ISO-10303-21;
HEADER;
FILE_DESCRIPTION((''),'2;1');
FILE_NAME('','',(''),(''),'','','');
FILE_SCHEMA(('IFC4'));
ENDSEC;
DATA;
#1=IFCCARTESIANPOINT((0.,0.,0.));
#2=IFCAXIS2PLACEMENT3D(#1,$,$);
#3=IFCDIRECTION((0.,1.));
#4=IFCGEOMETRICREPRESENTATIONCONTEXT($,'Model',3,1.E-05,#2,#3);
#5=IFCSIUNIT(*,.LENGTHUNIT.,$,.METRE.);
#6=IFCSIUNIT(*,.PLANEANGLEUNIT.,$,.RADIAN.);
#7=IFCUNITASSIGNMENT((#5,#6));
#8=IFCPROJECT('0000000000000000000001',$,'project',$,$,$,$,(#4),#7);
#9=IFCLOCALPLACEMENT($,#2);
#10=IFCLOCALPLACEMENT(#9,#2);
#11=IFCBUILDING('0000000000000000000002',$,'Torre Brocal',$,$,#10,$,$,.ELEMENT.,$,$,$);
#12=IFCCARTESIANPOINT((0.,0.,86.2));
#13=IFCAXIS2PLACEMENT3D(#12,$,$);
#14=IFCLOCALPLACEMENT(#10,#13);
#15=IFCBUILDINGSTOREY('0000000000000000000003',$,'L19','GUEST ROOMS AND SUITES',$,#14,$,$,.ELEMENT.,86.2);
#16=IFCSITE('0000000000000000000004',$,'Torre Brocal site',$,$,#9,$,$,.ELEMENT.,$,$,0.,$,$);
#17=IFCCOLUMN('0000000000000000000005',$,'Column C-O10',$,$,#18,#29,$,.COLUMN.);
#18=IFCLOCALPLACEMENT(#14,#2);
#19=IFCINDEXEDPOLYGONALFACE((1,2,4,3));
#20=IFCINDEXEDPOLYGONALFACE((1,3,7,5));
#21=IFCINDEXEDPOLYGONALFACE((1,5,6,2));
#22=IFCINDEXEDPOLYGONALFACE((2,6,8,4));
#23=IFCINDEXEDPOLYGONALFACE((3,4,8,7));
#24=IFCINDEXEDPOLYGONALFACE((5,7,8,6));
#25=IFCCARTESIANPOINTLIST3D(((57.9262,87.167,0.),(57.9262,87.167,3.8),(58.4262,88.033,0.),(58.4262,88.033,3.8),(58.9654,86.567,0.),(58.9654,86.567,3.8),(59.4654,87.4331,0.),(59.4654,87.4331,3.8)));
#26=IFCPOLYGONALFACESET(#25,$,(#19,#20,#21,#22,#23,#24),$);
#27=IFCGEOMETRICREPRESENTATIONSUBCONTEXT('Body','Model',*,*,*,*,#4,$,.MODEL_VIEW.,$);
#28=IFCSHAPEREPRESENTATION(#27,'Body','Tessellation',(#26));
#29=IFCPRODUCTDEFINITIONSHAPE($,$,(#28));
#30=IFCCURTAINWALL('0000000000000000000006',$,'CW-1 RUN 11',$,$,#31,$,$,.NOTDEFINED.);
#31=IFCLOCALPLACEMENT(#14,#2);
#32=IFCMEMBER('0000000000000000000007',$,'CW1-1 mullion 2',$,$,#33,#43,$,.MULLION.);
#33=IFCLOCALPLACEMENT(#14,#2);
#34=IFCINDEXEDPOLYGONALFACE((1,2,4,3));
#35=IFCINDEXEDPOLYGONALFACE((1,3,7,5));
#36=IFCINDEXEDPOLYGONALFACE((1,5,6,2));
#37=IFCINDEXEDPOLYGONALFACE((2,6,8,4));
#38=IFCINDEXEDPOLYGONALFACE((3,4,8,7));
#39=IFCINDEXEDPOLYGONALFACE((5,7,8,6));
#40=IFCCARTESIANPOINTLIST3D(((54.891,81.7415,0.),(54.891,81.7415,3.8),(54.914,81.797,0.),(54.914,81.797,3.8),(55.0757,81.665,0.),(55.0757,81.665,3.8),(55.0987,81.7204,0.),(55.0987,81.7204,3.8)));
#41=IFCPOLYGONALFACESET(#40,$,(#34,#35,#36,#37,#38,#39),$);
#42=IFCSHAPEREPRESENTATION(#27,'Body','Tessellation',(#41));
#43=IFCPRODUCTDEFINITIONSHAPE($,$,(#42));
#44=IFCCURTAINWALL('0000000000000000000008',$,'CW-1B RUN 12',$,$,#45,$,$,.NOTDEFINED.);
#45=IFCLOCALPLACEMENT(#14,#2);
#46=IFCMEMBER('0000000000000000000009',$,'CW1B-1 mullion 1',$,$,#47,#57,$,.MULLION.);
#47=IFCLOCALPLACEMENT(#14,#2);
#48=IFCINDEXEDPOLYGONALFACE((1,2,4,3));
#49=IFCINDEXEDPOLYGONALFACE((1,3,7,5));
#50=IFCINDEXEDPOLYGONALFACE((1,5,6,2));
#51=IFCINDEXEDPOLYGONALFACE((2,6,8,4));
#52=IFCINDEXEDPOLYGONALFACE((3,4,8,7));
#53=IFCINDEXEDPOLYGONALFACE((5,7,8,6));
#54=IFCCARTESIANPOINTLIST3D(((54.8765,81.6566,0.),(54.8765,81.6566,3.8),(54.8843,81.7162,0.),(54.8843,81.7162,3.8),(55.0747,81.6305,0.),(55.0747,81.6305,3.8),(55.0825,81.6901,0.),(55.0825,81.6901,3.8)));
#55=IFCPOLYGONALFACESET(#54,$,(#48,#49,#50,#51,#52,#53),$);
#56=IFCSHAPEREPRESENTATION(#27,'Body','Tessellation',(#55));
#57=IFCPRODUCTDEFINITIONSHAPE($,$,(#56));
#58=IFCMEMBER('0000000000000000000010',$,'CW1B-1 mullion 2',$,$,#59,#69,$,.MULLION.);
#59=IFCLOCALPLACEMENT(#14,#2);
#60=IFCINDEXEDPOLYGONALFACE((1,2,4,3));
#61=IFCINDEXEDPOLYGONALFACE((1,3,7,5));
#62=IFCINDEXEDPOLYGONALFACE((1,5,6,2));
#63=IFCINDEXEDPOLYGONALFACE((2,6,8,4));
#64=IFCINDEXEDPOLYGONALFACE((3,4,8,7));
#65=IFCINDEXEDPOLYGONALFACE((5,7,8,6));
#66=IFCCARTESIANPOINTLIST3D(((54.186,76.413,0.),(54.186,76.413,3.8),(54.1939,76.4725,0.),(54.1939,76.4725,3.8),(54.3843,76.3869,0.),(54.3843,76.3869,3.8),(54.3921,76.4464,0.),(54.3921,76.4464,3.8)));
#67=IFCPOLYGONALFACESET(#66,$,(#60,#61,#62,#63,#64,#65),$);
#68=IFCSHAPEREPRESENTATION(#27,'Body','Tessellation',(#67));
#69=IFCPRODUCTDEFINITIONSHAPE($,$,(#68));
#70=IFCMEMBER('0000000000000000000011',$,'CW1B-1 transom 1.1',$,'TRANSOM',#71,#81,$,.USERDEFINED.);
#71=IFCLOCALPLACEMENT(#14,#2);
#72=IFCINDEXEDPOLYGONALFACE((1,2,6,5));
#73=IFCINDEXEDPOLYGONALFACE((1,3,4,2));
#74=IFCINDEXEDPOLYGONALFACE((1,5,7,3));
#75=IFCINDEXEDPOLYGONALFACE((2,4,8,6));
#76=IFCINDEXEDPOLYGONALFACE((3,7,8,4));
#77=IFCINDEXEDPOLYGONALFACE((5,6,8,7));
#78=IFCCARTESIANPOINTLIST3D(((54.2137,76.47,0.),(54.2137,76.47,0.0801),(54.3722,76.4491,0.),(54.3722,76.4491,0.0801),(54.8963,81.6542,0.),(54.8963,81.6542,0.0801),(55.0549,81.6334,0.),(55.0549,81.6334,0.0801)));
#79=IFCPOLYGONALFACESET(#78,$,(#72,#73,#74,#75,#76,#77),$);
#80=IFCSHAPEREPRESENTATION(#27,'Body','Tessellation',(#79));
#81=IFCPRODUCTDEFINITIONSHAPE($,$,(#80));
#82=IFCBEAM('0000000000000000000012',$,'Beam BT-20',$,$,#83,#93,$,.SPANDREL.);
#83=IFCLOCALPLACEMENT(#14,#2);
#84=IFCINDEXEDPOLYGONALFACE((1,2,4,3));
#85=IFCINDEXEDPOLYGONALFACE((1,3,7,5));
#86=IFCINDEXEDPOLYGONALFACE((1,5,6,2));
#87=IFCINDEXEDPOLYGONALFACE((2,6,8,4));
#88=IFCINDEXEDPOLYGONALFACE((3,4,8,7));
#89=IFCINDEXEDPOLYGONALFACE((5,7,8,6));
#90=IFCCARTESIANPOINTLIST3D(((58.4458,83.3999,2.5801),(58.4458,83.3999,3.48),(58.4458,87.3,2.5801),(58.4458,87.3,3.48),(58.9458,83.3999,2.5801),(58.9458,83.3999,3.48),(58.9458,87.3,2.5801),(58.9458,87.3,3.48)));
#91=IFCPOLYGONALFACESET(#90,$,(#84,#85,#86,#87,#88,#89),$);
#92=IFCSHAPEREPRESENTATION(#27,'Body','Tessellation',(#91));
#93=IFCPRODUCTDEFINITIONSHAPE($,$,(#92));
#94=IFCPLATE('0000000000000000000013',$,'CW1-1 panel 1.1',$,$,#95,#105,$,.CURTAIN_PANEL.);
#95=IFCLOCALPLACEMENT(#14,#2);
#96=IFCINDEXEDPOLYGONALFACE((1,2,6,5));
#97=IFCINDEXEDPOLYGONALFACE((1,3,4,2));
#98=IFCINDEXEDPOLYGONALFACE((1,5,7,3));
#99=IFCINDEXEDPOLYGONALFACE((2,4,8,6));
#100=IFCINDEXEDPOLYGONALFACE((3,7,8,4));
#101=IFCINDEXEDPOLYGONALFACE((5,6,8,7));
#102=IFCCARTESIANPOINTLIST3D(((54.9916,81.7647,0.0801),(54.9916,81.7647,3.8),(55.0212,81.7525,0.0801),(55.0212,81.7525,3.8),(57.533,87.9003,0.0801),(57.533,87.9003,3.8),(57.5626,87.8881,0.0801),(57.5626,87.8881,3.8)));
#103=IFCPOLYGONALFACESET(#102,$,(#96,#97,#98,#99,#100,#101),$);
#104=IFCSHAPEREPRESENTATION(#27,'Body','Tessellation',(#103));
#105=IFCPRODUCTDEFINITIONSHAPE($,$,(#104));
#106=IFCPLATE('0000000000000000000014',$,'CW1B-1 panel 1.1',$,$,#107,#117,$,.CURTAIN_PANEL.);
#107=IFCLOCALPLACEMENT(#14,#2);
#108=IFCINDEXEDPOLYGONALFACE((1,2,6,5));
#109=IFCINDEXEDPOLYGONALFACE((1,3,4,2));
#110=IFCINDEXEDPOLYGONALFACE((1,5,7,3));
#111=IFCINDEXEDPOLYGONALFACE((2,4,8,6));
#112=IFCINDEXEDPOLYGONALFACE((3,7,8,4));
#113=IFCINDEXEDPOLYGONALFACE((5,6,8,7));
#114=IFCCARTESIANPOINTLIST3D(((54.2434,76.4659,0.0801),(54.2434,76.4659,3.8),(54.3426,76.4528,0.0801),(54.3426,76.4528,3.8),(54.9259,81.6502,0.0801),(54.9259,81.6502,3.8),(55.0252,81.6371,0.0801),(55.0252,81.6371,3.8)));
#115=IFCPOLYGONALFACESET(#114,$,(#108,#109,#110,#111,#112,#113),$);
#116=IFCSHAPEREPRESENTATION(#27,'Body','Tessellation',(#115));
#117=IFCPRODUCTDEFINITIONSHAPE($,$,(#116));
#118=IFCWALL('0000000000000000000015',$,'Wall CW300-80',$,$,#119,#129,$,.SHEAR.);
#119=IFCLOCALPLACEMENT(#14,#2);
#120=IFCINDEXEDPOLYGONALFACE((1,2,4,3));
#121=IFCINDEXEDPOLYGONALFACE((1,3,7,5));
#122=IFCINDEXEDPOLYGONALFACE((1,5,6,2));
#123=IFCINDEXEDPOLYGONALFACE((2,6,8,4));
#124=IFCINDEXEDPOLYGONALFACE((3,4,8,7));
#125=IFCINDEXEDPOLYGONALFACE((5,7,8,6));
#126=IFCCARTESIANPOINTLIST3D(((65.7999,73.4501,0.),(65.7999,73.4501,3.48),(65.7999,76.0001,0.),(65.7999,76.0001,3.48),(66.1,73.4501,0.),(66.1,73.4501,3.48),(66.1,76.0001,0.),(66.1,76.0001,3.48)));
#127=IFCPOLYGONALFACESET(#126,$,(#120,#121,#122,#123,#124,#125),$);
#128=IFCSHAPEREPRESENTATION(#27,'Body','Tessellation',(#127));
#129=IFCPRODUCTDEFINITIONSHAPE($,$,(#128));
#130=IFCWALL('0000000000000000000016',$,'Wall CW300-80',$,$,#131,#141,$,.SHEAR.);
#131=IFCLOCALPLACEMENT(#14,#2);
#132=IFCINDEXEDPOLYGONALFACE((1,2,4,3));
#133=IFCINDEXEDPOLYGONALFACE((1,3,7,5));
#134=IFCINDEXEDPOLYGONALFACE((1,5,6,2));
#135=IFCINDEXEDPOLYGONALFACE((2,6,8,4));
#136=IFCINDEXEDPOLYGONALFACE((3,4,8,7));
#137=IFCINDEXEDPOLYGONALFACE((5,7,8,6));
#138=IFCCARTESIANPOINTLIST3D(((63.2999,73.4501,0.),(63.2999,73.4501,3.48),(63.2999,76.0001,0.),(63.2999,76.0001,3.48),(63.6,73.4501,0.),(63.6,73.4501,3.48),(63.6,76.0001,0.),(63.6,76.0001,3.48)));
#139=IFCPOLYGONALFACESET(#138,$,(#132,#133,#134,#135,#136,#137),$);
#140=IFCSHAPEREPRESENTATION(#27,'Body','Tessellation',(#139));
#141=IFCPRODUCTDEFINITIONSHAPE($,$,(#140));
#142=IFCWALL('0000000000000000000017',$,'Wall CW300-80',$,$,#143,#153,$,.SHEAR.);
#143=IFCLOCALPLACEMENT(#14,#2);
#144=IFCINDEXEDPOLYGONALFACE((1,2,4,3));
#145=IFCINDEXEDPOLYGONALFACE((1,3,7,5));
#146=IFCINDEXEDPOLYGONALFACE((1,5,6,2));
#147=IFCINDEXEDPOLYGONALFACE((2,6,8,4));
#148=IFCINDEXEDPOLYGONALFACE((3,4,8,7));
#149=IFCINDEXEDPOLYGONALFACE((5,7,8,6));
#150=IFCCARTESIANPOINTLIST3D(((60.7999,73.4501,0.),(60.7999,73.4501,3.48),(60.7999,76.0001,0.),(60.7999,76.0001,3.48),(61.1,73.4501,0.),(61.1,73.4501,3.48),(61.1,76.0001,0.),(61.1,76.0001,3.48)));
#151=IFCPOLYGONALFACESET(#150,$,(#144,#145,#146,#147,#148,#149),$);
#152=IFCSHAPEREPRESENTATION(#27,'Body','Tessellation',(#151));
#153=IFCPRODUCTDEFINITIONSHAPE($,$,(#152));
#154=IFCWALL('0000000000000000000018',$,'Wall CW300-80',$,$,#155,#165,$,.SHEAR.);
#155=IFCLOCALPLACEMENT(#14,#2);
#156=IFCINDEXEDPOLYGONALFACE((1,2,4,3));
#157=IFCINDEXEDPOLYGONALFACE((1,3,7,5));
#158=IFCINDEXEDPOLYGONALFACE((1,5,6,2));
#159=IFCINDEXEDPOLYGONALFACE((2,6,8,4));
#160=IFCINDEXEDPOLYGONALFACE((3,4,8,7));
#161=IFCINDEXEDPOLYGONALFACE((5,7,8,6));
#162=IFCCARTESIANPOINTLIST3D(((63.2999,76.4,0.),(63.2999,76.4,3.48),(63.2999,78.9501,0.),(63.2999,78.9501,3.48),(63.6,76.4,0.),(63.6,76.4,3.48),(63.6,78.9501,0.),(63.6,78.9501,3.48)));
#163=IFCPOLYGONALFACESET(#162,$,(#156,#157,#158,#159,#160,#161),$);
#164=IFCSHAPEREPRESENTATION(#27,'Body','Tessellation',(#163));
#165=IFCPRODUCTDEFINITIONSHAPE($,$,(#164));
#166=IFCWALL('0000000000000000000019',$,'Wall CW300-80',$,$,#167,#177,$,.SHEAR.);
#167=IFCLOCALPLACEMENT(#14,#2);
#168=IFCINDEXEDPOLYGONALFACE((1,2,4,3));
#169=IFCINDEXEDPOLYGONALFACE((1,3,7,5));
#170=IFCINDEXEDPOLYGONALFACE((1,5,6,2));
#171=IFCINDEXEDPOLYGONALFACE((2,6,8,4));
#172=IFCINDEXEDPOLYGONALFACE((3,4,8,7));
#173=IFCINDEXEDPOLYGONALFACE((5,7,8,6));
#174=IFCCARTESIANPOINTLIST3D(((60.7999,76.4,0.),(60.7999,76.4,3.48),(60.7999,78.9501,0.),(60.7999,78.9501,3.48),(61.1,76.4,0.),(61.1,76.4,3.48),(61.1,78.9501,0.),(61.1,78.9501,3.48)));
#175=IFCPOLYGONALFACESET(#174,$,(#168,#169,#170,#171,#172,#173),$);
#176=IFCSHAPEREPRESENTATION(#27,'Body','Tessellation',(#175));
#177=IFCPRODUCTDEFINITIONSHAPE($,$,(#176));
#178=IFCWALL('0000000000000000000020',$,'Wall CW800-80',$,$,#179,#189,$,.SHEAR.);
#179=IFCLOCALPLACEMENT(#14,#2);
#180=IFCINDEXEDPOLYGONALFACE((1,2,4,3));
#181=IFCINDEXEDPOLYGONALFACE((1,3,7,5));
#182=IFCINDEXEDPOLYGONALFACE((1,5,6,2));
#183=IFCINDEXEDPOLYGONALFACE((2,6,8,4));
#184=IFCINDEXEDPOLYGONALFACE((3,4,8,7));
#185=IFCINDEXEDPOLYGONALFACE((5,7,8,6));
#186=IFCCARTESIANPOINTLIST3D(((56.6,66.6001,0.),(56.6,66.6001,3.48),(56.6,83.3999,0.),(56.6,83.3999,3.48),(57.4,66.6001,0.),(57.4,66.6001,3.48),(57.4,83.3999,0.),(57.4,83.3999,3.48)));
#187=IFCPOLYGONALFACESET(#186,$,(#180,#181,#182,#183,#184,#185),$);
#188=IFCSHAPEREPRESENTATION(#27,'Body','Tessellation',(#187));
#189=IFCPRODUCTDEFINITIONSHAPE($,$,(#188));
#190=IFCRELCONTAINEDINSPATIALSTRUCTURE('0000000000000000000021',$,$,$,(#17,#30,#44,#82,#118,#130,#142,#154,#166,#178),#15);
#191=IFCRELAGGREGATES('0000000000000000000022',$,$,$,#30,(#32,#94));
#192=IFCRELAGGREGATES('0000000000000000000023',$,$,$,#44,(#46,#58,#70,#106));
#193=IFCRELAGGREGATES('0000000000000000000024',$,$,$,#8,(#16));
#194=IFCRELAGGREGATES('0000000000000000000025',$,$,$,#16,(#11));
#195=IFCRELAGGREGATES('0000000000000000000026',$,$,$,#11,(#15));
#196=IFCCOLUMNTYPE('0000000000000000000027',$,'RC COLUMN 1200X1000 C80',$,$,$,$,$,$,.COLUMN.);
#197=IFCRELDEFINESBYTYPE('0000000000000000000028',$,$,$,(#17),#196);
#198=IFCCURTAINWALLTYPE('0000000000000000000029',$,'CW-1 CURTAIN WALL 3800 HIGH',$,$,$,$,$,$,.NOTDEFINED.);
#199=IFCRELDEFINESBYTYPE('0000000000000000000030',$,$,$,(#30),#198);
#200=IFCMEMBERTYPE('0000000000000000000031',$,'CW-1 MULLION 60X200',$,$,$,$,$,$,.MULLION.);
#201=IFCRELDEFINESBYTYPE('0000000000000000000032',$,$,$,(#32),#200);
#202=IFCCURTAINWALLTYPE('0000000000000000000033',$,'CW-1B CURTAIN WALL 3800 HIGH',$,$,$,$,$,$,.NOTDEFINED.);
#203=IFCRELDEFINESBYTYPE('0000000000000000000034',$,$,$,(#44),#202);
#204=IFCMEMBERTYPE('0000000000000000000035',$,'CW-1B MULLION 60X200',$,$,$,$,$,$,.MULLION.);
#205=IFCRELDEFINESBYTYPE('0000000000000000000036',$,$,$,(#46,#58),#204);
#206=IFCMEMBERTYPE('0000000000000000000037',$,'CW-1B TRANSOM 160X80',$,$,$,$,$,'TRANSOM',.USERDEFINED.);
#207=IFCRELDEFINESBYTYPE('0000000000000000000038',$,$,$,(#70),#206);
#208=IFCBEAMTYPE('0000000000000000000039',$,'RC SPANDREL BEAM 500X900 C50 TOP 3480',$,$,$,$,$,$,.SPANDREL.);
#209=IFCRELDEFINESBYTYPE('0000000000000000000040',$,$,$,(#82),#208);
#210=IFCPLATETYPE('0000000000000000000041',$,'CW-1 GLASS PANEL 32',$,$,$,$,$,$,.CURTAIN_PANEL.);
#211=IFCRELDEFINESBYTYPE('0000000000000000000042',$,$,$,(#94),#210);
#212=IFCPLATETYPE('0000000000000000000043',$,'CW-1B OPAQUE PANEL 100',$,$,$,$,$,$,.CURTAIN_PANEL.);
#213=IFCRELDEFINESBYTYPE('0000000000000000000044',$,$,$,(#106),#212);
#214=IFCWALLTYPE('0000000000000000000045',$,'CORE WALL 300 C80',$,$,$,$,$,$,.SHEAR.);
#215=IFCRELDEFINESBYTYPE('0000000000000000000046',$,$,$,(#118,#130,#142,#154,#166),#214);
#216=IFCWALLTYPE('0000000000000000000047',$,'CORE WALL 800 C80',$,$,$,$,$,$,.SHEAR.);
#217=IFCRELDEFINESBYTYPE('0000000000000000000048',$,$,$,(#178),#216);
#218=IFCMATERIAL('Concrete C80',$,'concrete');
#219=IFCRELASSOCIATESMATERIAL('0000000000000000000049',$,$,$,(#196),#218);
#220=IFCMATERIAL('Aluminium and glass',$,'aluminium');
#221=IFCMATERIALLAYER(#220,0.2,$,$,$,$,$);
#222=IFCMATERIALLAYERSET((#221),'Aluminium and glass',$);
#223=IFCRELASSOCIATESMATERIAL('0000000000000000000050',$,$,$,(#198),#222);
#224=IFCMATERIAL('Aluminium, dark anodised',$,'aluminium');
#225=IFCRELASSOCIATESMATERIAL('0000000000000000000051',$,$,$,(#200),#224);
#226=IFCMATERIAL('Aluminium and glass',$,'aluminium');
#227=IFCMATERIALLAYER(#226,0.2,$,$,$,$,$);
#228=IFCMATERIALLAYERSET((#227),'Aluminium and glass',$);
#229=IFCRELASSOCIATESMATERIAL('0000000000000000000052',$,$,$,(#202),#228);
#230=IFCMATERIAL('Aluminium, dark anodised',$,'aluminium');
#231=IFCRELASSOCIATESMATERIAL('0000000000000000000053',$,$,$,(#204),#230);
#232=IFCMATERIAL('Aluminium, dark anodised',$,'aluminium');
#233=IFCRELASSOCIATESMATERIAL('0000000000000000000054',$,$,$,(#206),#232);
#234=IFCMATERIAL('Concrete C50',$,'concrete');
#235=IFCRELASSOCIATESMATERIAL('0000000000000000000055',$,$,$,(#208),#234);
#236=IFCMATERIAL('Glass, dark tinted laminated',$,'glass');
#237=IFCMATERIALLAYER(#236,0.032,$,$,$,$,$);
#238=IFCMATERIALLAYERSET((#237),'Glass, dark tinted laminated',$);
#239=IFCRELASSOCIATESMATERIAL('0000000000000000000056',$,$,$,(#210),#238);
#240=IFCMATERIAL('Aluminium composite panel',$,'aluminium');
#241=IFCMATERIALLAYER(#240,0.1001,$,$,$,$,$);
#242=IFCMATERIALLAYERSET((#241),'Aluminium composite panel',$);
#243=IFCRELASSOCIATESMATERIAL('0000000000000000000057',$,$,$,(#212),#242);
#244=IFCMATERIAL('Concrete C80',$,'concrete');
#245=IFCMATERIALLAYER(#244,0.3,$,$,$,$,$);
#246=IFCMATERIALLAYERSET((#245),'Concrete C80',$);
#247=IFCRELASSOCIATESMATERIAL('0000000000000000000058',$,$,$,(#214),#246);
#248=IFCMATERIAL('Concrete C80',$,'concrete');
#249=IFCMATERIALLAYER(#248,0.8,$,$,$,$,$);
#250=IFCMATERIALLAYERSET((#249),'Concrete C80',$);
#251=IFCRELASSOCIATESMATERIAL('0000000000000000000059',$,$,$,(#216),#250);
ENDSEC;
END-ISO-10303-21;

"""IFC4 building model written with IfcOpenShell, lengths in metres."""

from ifc_helpers import new_model, si_unit, direction, frame, frame_2d, origin, origin_2d, place, context, subcontext, project, spatial, rectangle, extrude, material, layer, layer_set, material_profile, profile_set, type_object, element, aggregate, save


model = new_model("IFC4")

# Units and contexts
model_context = context("Model", 3, precision=1e-05, world=origin(), true_north=direction((0.0, 1.0)))
body_context = subcontext(model_context, "Body", "Model", "MODEL_VIEW")
ifc_project = project(units=[si_unit("LENGTHUNIT", "METRE"), si_unit("PLANEANGLEUNIT", "RADIAN")], contexts=[model_context])

# Site, building, storey
site_placement = place(None, origin())
site = spatial("IfcSite", under=ifc_project, at=site_placement, Name="Torre Brocal site", CompositionType="ELEMENT", RefElevation=0.0)
building_placement = place(site_placement, origin())
building = spatial("IfcBuilding", under=site, at=building_placement, Name="Torre Brocal", CompositionType="ELEMENT")
storey_placement = place(building_placement, frame((0.0, 0.0, 86.2)))
storey = spatial("IfcBuildingStorey", under=building, at=storey_placement, Name="L19", Description="GUEST ROOMS AND SUITES", CompositionType="ELEMENT", Elevation=86.2)

# Column
ifc_material_1 = material(Name="Concrete C80", Category="concrete")
ifc_material_profile_1 = material_profile(ifc_material_1, rectangle(XDim=1.2, YDim=1.0, at=origin_2d()), Name="RC 1200X1000")
ifc_profile_set_1 = profile_set([ifc_material_profile_1], Name="Concrete C80")
column_type = type_object("IfcColumnType", Name="RC COLUMN 1200X1000 C80", PredefinedType="COLUMN", material=ifc_profile_set_1)
column_placement = place(storey_placement, frame((58.6958, 87.3, 0.0), z_axis=(0.0, 0.0, 1.0), x_axis=(-0.866025, 0.5, 0.0)))
element("IfcColumn", 1, at=column_placement, inside=storey, type_object=column_type, Name="Column C-O10", PredefinedType="COLUMN", context=body_context, shape_type="SweptSolid", body=[
    extrude(rectangle(XDim=1.2, YDim=1.0, at=origin_2d()), origin(), (0.0, 0.0, 1.0), 3.8),
])

# Curtain wall, member
ifc_material_2 = material(Name="Aluminium and glass", Category="aluminium")
ifc_layer_1 = layer(ifc_material_2, 0.2)
ifc_layer_set_1 = layer_set([ifc_layer_1], Name="Aluminium and glass")
curtain_wall_type_1 = type_object("IfcCurtainWallType", Name="CW-1 CURTAIN WALL 3800 HIGH", PredefinedType="NOTDEFINED", material=ifc_layer_set_1)
curtain_wall_1_placement = place(storey_placement, origin())
curtain_wall_1 = element("IfcCurtainWall", 2, at=curtain_wall_1_placement, inside=storey, type_object=curtain_wall_type_1, Name="CW-1 RUN 11", PredefinedType="NOTDEFINED")
ifc_material_3 = material(Name="Aluminium, dark anodised", Category="aluminium")
ifc_material_profile_2 = material_profile(ifc_material_3, rectangle(XDim=0.2, YDim=0.0601, at=origin_2d()), Name="CW-1 MULLION 60X200")
ifc_profile_set_2 = profile_set([ifc_material_profile_2], Name="Aluminium, dark anodised")
member_type_1 = type_object("IfcMemberType", Name="CW-1 MULLION 60X200", PredefinedType="MULLION", material=ifc_profile_set_2)
member_1_placement = place(storey_placement, frame((54.9949, 81.731, 0.0), z_axis=(0.0, 0.0, 1.0), x_axis=(0.92388, -0.382683, 0.0)))
member_1 = element("IfcMember", 3, at=member_1_placement, type_object=member_type_1, Name="CW1-1 mullion 2", PredefinedType="MULLION", context=body_context, shape_type="SweptSolid", body=[
    extrude(rectangle(XDim=0.2, YDim=0.0601, at=origin_2d()), origin(), (0.0, 0.0, 1.0), 3.8),
])

# Curtain wall, members
ifc_material_4 = material(Name="Aluminium and glass", Category="aluminium")
ifc_layer_2 = layer(ifc_material_4, 0.2)
ifc_layer_set_2 = layer_set([ifc_layer_2], Name="Aluminium and glass")
curtain_wall_type_2 = type_object("IfcCurtainWallType", Name="CW-1B CURTAIN WALL 3800 HIGH", PredefinedType="NOTDEFINED", material=ifc_layer_set_2)
curtain_wall_2_placement = place(storey_placement, origin())
curtain_wall_2 = element("IfcCurtainWall", 4, at=curtain_wall_2_placement, inside=storey, type_object=curtain_wall_type_2, Name="CW-1B RUN 12", PredefinedType="NOTDEFINED")
ifc_material_5 = material(Name="Aluminium, dark anodised", Category="aluminium")
ifc_material_profile_3 = material_profile(ifc_material_5, rectangle(XDim=0.2, YDim=0.0601, at=origin_2d()), Name="CW-1B MULLION 60X200")
ifc_profile_set_3 = profile_set([ifc_material_profile_3], Name="Aluminium, dark anodised")
member_type_2 = type_object("IfcMemberType", Name="CW-1B MULLION 60X200", PredefinedType="MULLION", material=ifc_profile_set_3)
member_2_placement = place(storey_placement, frame((54.9795, 81.6733, 0.0), z_axis=(0.0, 0.0, 1.0), x_axis=(0.991445, -0.130526, 0.0)))
member_2 = element("IfcMember", 5, at=member_2_placement, type_object=member_type_2, Name="CW1B-1 mullion 1", PredefinedType="MULLION", context=body_context, shape_type="SweptSolid", body=[
    extrude(rectangle(XDim=0.2, YDim=0.0601, at=origin_2d()), origin(), (0.0, 0.0, 1.0), 3.8),
])
member_3_placement = place(storey_placement, frame((54.2891, 76.4297, 0.0), z_axis=(0.0, 0.0, 1.0), x_axis=(0.991445, -0.130526, 0.0)))
member_3 = element("IfcMember", 6, at=member_3_placement, type_object=member_type_2, Name="CW1B-1 mullion 2", PredefinedType="MULLION", context=body_context, shape_type="SweptSolid", body=[
    extrude(rectangle(XDim=0.2, YDim=0.0601, at=origin_2d()), origin(), (0.0, 0.0, 1.0), 3.8),
])
ifc_material_6 = material(Name="Aluminium, dark anodised", Category="aluminium")
ifc_material_profile_4 = material_profile(ifc_material_6, rectangle(XDim=0.1599, YDim=0.0801, at=origin_2d()), Name="CW-1B TRANSOM 160X80")
ifc_profile_set_4 = profile_set([ifc_material_profile_4], Name="Aluminium, dark anodised")
member_type_3 = type_object("IfcMemberType", Name="CW-1B TRANSOM 160X80", ElementType="TRANSOM", PredefinedType="USERDEFINED", material=ifc_profile_set_4)
member_4_placement = place(storey_placement, frame((54.9756, 81.6438, 0.04), z_axis=(-0.130543, -0.991443, 0.0), x_axis=(0.991443, -0.130543, 0.0)))
member_4 = element("IfcMember", 7, at=member_4_placement, type_object=member_type_3, Name="CW1B-1 transom 1.1", ObjectType="TRANSOM", PredefinedType="USERDEFINED", context=body_context, shape_type="SweptSolid", body=[
    extrude(rectangle(XDim=0.1599, YDim=0.0801, at=origin_2d()), origin(), (0.0, 0.0, 1.0), 5.229),
])

# Beam
ifc_material_7 = material(Name="Concrete C50", Category="concrete")
ifc_material_profile_5 = material_profile(ifc_material_7, rectangle(XDim=0.5, YDim=0.8999, at=origin_2d()), Name="RC 500X900")
ifc_profile_set_5 = profile_set([ifc_material_profile_5], Name="Concrete C50")
beam_type = type_object("IfcBeamType", Name="RC SPANDREL BEAM 500X900 C50 TOP 3480", PredefinedType="SPANDREL", material=ifc_profile_set_5)
beam_placement = place(storey_placement, frame((58.6958, 87.3, 3.03), z_axis=(0.0, -1.0, 0.0), x_axis=(1.0, 0.0, 0.0)))
element("IfcBeam", 8, at=beam_placement, inside=storey, type_object=beam_type, Name="Beam BT-20", PredefinedType="SPANDREL", context=body_context, shape_type="SweptSolid", body=[
    extrude(rectangle(XDim=0.5, YDim=0.8999, at=origin_2d()), origin(), (0.0, 0.0, 1.0), 3.9001),
])

# Plates
ifc_material_8 = material(Name="Glass, dark tinted laminated", Category="glass")
ifc_layer_3 = layer(ifc_material_8, 0.032)
ifc_layer_set_3 = layer_set([ifc_layer_3], Name="Glass, dark tinted laminated")
plate_type_1 = type_object("IfcPlateType", Name="CW-1 GLASS PANEL 32", PredefinedType="CURTAIN_PANEL", material=ifc_layer_set_3)
plate_1_placement = place(storey_placement, frame((56.2771, 84.8264, 0.0801), z_axis=(0.0, 0.0, 1.0), x_axis=(-0.382683, -0.92388, 0.0)))
plate_1 = element("IfcPlate", 9, at=plate_1_placement, type_object=plate_type_1, Name="CW1-1 panel 1.1", PredefinedType="CURTAIN_PANEL", context=body_context, shape_type="SweptSolid", body=[
    extrude(rectangle(XDim=6.6411, YDim=0.032, at=origin_2d()), origin(), (0.0, 0.0, 1.0), 3.72),
])
aggregate(curtain_wall_1, [member_1, plate_1])
ifc_material_9 = material(Name="Aluminium composite panel", Category="aluminium")
ifc_layer_4 = layer(ifc_material_9, 0.1001)
ifc_layer_set_4 = layer_set([ifc_layer_4], Name="Aluminium composite panel")
plate_type_2 = type_object("IfcPlateType", Name="CW-1B OPAQUE PANEL 100", PredefinedType="CURTAIN_PANEL", material=ifc_layer_set_4)
plate_2_placement = place(storey_placement, frame((54.6343, 79.0515, 0.0801), z_axis=(0.0, 0.0, 1.0), x_axis=(-0.130526, -0.991445, 0.0)))
plate_2 = element("IfcPlate", 10, at=plate_2_placement, type_object=plate_type_2, Name="CW1B-1 panel 1.1", PredefinedType="CURTAIN_PANEL", context=body_context, shape_type="SweptSolid", body=[
    extrude(rectangle(XDim=5.229, YDim=0.1001, at=origin_2d()), origin(), (0.0, 0.0, 1.0), 3.72),
])
aggregate(curtain_wall_2, [member_2, member_3, member_4, plate_2])

# Walls
ifc_material_10 = material(Name="Concrete C80", Category="concrete")
ifc_layer_5 = layer(ifc_material_10, 0.3)
ifc_layer_set_5 = layer_set([ifc_layer_5], Name="Concrete C80")
wall_type_1 = type_object("IfcWallType", Name="CORE WALL 300 C80", PredefinedType="SHEAR", material=ifc_layer_set_5)
for number, where, z_axis, x_axis, name in (
    (11, (65.95, 76.0, 0.0), (0.0, 0.0, 1.0), (0.0, -1.0, 0.0), "Wall CW300-80"),
    (12, (63.45, 76.0, 0.0), (0.0, 0.0, 1.0), (0.0, -1.0, 0.0), "Wall CW300-80"),
    (13, (60.95, 76.0, 0.0), (0.0, 0.0, 1.0), (0.0, -1.0, 0.0), "Wall CW300-80"),
    (14, (63.45, 78.95, 0.0), (0.0, 0.0, 1.0), (0.0, -1.0, 0.0), "Wall CW300-80"),
    (15, (60.95, 78.95, 0.0), (0.0, 0.0, 1.0), (0.0, -1.0, 0.0), "Wall CW300-80"),
):
    element("IfcWall", number, at=place(storey_placement, frame(where, z_axis=z_axis, x_axis=x_axis)), inside=storey, type_object=wall_type_1, Name=name, PredefinedType="SHEAR", context=body_context, shape_type="SweptSolid", body=[
        extrude(rectangle(XDim=2.55, YDim=0.3, at=frame_2d((1.2749, 0.0))), origin(), (0.0, 0.0, 1.0), 3.48),
    ])
ifc_material_11 = material(Name="Concrete C80", Category="concrete")
ifc_layer_6 = layer(ifc_material_11, 0.8)
ifc_layer_set_6 = layer_set([ifc_layer_6], Name="Concrete C80")
wall_type_2 = type_object("IfcWallType", Name="CORE WALL 800 C80", PredefinedType="SHEAR", material=ifc_layer_set_6)
wall_1_placement = place(storey_placement, frame((57.0, 83.3999, 0.0), z_axis=(0.0, 0.0, 1.0), x_axis=(0.0, -1.0, 0.0)))
element("IfcWall", 16, at=wall_1_placement, inside=storey, type_object=wall_type_2, Name="Wall CW800-80", PredefinedType="SHEAR", context=body_context, shape_type="SweptSolid", body=[
    extrude(rectangle(XDim=16.7998, YDim=0.8, at=frame_2d((8.3999, 0.0))), origin(), (0.0, 0.0, 1.0), 3.48),
])

save(model, "model.ifc")
